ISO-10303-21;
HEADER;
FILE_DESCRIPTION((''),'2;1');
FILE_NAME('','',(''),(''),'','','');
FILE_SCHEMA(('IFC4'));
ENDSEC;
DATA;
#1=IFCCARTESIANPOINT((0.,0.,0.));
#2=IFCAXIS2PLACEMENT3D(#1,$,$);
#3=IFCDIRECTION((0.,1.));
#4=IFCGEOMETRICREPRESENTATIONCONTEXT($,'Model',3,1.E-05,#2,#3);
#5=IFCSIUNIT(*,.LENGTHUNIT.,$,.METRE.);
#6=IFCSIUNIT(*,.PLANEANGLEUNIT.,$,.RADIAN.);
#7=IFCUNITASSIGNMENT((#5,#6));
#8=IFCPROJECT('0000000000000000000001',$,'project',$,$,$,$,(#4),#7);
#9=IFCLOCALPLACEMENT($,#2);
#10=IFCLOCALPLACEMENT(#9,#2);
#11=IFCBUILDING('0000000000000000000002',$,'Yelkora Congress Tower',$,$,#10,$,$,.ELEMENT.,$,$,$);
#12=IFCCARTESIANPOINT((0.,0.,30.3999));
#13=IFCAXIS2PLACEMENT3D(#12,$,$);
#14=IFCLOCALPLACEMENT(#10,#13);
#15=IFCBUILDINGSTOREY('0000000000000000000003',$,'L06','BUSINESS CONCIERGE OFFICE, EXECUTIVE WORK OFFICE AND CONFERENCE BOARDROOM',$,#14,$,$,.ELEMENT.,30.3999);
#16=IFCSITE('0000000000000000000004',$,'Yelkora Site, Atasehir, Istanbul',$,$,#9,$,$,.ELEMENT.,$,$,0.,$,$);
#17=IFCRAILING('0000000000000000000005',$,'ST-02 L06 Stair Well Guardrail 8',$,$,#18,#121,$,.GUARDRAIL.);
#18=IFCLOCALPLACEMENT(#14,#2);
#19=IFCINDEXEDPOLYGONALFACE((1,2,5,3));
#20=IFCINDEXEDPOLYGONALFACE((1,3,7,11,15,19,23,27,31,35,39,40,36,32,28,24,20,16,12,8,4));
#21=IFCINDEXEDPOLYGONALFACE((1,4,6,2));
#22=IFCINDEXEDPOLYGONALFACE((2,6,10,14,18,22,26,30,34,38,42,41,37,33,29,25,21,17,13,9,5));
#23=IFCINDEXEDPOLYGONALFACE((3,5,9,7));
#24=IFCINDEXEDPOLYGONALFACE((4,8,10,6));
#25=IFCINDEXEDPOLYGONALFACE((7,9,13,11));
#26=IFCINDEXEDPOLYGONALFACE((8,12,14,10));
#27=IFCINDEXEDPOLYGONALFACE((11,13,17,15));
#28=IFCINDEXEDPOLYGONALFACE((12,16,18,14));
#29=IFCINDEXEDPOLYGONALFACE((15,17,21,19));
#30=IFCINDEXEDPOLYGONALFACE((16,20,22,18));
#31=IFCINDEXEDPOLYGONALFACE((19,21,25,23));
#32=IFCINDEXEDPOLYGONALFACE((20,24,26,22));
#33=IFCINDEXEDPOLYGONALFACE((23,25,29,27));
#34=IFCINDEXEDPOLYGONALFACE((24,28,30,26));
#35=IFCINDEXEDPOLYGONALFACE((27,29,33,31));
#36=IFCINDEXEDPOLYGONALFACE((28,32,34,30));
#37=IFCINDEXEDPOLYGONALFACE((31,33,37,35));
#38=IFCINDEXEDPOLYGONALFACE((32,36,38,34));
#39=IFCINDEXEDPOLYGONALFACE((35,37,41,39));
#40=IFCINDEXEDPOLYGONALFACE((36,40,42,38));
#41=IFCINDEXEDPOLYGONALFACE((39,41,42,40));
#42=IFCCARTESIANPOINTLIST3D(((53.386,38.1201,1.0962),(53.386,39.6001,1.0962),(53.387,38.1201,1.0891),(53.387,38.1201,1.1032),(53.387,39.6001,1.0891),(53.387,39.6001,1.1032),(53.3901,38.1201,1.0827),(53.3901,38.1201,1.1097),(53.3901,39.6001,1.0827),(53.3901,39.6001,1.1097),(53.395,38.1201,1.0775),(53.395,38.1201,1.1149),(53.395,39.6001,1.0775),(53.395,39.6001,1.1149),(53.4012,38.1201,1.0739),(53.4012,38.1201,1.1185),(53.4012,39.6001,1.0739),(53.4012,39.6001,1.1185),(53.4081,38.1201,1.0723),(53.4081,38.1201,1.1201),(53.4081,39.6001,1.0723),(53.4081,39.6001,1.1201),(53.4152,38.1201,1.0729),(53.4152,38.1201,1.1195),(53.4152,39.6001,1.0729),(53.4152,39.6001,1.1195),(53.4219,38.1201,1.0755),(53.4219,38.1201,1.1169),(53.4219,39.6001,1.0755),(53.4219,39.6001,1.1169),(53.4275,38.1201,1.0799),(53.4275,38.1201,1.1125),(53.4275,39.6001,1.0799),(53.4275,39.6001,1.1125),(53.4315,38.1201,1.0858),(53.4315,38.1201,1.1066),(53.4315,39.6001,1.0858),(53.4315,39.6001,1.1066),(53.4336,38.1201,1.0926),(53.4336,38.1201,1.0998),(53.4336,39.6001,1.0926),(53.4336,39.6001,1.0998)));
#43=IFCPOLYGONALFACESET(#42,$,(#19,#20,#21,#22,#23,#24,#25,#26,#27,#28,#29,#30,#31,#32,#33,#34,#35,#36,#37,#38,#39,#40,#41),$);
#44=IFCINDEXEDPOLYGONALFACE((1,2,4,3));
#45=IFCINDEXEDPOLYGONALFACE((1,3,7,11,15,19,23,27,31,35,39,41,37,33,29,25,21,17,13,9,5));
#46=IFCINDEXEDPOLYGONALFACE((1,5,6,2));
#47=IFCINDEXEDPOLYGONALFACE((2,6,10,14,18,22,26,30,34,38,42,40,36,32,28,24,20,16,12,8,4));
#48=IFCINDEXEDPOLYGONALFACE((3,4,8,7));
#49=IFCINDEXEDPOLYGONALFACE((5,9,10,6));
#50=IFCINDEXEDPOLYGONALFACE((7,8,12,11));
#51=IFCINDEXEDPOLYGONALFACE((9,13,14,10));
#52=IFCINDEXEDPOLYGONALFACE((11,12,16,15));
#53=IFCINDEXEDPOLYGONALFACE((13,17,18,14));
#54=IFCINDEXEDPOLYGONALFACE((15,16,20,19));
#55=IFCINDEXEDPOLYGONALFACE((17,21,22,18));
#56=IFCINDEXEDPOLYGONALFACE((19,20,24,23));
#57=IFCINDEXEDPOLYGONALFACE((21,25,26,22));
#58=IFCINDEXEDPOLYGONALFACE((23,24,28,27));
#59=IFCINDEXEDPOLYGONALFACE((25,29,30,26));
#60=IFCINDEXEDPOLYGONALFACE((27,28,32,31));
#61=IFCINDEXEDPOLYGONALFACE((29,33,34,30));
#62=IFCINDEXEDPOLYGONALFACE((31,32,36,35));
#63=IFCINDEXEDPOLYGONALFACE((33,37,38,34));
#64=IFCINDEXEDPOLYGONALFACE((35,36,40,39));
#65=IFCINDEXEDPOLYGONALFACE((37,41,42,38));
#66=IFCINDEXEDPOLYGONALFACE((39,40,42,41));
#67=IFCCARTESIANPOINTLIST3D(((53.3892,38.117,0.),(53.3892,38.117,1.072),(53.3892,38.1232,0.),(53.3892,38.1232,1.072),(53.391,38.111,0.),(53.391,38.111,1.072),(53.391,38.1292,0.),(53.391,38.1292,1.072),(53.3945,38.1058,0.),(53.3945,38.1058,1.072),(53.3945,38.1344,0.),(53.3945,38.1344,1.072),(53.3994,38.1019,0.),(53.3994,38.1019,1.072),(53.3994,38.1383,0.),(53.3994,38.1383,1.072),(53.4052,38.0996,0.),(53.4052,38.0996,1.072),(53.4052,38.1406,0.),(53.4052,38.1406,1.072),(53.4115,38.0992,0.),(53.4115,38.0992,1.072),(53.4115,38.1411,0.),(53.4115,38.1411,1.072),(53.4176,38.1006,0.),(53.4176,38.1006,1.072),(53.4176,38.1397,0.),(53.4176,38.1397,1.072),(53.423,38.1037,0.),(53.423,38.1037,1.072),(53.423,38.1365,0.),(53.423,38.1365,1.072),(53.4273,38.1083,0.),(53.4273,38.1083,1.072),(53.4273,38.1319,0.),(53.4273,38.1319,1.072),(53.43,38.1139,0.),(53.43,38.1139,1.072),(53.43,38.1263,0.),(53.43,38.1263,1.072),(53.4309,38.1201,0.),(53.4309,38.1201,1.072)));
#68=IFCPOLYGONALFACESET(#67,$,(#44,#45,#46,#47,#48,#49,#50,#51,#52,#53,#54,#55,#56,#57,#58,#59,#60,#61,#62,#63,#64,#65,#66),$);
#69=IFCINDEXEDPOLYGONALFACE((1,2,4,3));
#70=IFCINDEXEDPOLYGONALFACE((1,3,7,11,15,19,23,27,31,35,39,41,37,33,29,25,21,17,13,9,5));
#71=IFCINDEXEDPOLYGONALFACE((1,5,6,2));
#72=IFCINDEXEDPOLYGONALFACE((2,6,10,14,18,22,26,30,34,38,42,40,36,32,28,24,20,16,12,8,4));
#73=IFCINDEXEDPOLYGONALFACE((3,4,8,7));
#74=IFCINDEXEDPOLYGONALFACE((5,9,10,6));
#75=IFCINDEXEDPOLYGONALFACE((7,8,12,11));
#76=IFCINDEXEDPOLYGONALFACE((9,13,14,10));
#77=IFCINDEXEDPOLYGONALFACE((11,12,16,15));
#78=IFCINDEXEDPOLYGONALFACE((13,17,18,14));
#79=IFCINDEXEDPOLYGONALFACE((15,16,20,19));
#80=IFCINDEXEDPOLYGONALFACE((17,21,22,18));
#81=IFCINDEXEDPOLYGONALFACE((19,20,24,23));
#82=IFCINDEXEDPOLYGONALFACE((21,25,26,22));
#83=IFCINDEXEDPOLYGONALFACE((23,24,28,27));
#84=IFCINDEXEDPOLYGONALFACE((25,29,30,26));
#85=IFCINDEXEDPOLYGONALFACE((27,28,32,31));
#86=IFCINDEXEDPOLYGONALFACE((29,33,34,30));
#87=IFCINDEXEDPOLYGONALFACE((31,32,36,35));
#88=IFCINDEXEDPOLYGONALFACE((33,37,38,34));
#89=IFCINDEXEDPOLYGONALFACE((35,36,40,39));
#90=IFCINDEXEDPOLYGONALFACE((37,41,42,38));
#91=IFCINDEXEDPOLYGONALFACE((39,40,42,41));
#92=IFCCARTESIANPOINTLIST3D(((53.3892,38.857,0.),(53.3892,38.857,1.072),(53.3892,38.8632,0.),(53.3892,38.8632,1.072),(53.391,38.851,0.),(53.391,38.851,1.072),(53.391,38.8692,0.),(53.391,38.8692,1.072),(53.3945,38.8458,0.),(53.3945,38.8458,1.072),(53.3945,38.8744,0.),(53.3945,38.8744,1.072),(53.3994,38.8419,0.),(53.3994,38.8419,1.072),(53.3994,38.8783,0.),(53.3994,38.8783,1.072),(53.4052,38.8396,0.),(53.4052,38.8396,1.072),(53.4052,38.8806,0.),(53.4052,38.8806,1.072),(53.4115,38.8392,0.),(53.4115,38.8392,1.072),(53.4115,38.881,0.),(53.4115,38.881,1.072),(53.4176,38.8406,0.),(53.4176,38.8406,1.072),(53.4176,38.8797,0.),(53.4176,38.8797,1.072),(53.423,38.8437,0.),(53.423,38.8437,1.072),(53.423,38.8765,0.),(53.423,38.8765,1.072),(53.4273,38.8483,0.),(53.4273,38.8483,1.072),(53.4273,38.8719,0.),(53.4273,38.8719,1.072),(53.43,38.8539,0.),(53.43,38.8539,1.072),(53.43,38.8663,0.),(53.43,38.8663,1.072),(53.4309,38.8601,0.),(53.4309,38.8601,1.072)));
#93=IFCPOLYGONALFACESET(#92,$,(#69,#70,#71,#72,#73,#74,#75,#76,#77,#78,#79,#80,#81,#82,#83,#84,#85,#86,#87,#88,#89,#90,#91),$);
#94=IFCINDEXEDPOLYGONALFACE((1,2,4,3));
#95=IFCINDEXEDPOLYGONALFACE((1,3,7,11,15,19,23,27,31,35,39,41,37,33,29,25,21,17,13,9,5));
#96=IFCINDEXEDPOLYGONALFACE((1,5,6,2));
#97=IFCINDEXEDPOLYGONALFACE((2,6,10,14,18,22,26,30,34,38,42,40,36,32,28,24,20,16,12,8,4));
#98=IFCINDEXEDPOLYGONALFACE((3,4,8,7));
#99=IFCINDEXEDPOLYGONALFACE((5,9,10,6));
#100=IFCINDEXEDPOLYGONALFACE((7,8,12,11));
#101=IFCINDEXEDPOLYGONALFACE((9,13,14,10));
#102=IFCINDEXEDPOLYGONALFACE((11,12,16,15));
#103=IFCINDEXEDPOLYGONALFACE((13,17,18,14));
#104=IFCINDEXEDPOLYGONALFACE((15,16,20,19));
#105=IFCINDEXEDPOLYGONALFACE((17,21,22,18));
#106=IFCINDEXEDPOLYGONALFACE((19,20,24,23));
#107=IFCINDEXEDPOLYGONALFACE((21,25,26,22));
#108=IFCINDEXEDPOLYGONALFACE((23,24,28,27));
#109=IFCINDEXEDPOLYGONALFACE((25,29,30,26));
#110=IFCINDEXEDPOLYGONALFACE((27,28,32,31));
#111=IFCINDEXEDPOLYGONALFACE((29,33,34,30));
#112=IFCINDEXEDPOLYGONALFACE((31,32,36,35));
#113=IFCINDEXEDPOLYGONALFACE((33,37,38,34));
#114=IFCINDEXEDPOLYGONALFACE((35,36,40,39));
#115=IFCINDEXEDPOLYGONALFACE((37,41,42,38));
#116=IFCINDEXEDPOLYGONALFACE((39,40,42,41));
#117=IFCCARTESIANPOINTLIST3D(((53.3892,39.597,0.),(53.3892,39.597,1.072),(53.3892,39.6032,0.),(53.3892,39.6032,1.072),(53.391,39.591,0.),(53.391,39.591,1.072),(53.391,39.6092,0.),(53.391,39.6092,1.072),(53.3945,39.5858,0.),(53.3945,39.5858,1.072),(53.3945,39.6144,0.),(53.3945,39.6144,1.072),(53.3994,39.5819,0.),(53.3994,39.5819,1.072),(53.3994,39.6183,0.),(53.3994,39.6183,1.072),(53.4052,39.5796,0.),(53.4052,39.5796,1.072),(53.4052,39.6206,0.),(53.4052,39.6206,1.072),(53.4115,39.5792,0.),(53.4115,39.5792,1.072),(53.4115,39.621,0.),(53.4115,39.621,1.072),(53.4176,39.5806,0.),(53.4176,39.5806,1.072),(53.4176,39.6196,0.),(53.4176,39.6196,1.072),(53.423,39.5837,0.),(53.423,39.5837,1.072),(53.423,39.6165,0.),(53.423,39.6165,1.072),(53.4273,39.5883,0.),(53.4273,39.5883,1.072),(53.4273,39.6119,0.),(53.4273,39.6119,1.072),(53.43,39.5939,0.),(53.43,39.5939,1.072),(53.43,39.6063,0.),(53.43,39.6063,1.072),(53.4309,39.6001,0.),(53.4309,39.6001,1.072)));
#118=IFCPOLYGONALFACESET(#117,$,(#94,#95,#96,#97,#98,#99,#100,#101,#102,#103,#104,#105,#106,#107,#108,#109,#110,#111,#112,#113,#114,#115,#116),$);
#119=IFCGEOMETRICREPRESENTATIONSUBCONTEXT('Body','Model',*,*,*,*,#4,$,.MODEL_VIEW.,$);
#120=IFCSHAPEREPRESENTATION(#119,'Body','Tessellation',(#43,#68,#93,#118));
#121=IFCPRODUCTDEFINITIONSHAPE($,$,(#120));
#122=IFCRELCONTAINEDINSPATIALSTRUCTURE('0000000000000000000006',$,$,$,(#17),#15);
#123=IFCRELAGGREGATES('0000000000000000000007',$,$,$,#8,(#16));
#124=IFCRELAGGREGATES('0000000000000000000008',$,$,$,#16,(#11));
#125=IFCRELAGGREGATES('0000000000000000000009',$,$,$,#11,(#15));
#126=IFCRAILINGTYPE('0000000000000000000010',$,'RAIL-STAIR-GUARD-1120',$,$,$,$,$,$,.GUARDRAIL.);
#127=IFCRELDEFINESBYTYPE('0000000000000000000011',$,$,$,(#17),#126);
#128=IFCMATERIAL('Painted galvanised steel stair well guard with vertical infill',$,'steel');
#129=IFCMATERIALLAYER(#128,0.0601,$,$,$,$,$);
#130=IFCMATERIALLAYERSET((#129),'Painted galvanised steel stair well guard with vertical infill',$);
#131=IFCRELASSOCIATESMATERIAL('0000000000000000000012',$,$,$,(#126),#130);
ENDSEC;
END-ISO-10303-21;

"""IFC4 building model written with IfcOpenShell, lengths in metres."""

from ifc_helpers import new_model, si_unit, direction, frame, origin, origin_2d, place, context, subcontext, project, spatial, circle, extrude, material, layer, layer_set, type_object, element, save


model = new_model("IFC4")

# Units and contexts
model_context = context("Model", 3, precision=1e-05, world=origin(), true_north=direction((0.0, 1.0)))
body_context = subcontext(model_context, "Body", "Model", "MODEL_VIEW")
ifc_project = project(units=[si_unit("LENGTHUNIT", "METRE"), si_unit("PLANEANGLEUNIT", "RADIAN")], contexts=[model_context])

# Site, building, storey
site_placement = place(None, origin())
site = spatial("IfcSite", under=ifc_project, at=site_placement, Name="Yelkora Site, Atasehir, Istanbul", CompositionType="ELEMENT", RefElevation=0.0)
building_placement = place(site_placement, origin())
building = spatial("IfcBuilding", under=site, at=building_placement, Name="Yelkora Congress Tower", CompositionType="ELEMENT")
storey_placement = place(building_placement, frame((0.0, 0.0, 30.3999)))
storey = spatial("IfcBuildingStorey", under=building, at=storey_placement, Name="L06", Description="BUSINESS CONCIERGE OFFICE, EXECUTIVE WORK OFFICE AND CONFERENCE BOARDROOM", CompositionType="ELEMENT", Elevation=30.3999)

# Railing
ifc_material_1 = material(Name="Painted galvanised steel stair well guard with vertical infill", Category="steel")
ifc_layer_1 = layer(ifc_material_1, 0.0601)
ifc_layer_set_1 = layer_set([ifc_layer_1], Name="Painted galvanised steel stair well guard with vertical infill")
railing_type_1 = type_object("IfcRailingType", Name="RAIL-STAIR-GUARD-1120", PredefinedType="GUARDRAIL", material=ifc_layer_set_1)
railing_1_placement = place(storey_placement, frame((53.4099, 38.1201, 0.0)))
element("IfcRailing", 1, at=railing_1_placement, inside=storey, type_object=railing_type_1, Name="ST-02 L06 Stair Well Guardrail 8", PredefinedType="GUARDRAIL", context=body_context, shape_type="SweptSolid", body=[
    extrude(circle(Radius=0.0239, at=origin_2d()), frame((0.0, 0.0, 1.0962), z_axis=(0.0, 1.0, 0.0), x_axis=(-1.0, 0.0, 0.0)), (0.0, 0.0, 1.0), 1.48),
    extrude(circle(Radius=0.021, at=origin_2d()), origin(), (0.0, 0.0, 1.0), 1.072),
    extrude(circle(Radius=0.021, at=origin_2d()), frame((0.0, 0.74, 0.0)), (0.0, 0.0, 1.0), 1.072),
    extrude(circle(Radius=0.021, at=origin_2d()), frame((0.0, 1.48, 0.0)), (0.0, 0.0, 1.0), 1.072),
])

save(model, "model.ifc")
